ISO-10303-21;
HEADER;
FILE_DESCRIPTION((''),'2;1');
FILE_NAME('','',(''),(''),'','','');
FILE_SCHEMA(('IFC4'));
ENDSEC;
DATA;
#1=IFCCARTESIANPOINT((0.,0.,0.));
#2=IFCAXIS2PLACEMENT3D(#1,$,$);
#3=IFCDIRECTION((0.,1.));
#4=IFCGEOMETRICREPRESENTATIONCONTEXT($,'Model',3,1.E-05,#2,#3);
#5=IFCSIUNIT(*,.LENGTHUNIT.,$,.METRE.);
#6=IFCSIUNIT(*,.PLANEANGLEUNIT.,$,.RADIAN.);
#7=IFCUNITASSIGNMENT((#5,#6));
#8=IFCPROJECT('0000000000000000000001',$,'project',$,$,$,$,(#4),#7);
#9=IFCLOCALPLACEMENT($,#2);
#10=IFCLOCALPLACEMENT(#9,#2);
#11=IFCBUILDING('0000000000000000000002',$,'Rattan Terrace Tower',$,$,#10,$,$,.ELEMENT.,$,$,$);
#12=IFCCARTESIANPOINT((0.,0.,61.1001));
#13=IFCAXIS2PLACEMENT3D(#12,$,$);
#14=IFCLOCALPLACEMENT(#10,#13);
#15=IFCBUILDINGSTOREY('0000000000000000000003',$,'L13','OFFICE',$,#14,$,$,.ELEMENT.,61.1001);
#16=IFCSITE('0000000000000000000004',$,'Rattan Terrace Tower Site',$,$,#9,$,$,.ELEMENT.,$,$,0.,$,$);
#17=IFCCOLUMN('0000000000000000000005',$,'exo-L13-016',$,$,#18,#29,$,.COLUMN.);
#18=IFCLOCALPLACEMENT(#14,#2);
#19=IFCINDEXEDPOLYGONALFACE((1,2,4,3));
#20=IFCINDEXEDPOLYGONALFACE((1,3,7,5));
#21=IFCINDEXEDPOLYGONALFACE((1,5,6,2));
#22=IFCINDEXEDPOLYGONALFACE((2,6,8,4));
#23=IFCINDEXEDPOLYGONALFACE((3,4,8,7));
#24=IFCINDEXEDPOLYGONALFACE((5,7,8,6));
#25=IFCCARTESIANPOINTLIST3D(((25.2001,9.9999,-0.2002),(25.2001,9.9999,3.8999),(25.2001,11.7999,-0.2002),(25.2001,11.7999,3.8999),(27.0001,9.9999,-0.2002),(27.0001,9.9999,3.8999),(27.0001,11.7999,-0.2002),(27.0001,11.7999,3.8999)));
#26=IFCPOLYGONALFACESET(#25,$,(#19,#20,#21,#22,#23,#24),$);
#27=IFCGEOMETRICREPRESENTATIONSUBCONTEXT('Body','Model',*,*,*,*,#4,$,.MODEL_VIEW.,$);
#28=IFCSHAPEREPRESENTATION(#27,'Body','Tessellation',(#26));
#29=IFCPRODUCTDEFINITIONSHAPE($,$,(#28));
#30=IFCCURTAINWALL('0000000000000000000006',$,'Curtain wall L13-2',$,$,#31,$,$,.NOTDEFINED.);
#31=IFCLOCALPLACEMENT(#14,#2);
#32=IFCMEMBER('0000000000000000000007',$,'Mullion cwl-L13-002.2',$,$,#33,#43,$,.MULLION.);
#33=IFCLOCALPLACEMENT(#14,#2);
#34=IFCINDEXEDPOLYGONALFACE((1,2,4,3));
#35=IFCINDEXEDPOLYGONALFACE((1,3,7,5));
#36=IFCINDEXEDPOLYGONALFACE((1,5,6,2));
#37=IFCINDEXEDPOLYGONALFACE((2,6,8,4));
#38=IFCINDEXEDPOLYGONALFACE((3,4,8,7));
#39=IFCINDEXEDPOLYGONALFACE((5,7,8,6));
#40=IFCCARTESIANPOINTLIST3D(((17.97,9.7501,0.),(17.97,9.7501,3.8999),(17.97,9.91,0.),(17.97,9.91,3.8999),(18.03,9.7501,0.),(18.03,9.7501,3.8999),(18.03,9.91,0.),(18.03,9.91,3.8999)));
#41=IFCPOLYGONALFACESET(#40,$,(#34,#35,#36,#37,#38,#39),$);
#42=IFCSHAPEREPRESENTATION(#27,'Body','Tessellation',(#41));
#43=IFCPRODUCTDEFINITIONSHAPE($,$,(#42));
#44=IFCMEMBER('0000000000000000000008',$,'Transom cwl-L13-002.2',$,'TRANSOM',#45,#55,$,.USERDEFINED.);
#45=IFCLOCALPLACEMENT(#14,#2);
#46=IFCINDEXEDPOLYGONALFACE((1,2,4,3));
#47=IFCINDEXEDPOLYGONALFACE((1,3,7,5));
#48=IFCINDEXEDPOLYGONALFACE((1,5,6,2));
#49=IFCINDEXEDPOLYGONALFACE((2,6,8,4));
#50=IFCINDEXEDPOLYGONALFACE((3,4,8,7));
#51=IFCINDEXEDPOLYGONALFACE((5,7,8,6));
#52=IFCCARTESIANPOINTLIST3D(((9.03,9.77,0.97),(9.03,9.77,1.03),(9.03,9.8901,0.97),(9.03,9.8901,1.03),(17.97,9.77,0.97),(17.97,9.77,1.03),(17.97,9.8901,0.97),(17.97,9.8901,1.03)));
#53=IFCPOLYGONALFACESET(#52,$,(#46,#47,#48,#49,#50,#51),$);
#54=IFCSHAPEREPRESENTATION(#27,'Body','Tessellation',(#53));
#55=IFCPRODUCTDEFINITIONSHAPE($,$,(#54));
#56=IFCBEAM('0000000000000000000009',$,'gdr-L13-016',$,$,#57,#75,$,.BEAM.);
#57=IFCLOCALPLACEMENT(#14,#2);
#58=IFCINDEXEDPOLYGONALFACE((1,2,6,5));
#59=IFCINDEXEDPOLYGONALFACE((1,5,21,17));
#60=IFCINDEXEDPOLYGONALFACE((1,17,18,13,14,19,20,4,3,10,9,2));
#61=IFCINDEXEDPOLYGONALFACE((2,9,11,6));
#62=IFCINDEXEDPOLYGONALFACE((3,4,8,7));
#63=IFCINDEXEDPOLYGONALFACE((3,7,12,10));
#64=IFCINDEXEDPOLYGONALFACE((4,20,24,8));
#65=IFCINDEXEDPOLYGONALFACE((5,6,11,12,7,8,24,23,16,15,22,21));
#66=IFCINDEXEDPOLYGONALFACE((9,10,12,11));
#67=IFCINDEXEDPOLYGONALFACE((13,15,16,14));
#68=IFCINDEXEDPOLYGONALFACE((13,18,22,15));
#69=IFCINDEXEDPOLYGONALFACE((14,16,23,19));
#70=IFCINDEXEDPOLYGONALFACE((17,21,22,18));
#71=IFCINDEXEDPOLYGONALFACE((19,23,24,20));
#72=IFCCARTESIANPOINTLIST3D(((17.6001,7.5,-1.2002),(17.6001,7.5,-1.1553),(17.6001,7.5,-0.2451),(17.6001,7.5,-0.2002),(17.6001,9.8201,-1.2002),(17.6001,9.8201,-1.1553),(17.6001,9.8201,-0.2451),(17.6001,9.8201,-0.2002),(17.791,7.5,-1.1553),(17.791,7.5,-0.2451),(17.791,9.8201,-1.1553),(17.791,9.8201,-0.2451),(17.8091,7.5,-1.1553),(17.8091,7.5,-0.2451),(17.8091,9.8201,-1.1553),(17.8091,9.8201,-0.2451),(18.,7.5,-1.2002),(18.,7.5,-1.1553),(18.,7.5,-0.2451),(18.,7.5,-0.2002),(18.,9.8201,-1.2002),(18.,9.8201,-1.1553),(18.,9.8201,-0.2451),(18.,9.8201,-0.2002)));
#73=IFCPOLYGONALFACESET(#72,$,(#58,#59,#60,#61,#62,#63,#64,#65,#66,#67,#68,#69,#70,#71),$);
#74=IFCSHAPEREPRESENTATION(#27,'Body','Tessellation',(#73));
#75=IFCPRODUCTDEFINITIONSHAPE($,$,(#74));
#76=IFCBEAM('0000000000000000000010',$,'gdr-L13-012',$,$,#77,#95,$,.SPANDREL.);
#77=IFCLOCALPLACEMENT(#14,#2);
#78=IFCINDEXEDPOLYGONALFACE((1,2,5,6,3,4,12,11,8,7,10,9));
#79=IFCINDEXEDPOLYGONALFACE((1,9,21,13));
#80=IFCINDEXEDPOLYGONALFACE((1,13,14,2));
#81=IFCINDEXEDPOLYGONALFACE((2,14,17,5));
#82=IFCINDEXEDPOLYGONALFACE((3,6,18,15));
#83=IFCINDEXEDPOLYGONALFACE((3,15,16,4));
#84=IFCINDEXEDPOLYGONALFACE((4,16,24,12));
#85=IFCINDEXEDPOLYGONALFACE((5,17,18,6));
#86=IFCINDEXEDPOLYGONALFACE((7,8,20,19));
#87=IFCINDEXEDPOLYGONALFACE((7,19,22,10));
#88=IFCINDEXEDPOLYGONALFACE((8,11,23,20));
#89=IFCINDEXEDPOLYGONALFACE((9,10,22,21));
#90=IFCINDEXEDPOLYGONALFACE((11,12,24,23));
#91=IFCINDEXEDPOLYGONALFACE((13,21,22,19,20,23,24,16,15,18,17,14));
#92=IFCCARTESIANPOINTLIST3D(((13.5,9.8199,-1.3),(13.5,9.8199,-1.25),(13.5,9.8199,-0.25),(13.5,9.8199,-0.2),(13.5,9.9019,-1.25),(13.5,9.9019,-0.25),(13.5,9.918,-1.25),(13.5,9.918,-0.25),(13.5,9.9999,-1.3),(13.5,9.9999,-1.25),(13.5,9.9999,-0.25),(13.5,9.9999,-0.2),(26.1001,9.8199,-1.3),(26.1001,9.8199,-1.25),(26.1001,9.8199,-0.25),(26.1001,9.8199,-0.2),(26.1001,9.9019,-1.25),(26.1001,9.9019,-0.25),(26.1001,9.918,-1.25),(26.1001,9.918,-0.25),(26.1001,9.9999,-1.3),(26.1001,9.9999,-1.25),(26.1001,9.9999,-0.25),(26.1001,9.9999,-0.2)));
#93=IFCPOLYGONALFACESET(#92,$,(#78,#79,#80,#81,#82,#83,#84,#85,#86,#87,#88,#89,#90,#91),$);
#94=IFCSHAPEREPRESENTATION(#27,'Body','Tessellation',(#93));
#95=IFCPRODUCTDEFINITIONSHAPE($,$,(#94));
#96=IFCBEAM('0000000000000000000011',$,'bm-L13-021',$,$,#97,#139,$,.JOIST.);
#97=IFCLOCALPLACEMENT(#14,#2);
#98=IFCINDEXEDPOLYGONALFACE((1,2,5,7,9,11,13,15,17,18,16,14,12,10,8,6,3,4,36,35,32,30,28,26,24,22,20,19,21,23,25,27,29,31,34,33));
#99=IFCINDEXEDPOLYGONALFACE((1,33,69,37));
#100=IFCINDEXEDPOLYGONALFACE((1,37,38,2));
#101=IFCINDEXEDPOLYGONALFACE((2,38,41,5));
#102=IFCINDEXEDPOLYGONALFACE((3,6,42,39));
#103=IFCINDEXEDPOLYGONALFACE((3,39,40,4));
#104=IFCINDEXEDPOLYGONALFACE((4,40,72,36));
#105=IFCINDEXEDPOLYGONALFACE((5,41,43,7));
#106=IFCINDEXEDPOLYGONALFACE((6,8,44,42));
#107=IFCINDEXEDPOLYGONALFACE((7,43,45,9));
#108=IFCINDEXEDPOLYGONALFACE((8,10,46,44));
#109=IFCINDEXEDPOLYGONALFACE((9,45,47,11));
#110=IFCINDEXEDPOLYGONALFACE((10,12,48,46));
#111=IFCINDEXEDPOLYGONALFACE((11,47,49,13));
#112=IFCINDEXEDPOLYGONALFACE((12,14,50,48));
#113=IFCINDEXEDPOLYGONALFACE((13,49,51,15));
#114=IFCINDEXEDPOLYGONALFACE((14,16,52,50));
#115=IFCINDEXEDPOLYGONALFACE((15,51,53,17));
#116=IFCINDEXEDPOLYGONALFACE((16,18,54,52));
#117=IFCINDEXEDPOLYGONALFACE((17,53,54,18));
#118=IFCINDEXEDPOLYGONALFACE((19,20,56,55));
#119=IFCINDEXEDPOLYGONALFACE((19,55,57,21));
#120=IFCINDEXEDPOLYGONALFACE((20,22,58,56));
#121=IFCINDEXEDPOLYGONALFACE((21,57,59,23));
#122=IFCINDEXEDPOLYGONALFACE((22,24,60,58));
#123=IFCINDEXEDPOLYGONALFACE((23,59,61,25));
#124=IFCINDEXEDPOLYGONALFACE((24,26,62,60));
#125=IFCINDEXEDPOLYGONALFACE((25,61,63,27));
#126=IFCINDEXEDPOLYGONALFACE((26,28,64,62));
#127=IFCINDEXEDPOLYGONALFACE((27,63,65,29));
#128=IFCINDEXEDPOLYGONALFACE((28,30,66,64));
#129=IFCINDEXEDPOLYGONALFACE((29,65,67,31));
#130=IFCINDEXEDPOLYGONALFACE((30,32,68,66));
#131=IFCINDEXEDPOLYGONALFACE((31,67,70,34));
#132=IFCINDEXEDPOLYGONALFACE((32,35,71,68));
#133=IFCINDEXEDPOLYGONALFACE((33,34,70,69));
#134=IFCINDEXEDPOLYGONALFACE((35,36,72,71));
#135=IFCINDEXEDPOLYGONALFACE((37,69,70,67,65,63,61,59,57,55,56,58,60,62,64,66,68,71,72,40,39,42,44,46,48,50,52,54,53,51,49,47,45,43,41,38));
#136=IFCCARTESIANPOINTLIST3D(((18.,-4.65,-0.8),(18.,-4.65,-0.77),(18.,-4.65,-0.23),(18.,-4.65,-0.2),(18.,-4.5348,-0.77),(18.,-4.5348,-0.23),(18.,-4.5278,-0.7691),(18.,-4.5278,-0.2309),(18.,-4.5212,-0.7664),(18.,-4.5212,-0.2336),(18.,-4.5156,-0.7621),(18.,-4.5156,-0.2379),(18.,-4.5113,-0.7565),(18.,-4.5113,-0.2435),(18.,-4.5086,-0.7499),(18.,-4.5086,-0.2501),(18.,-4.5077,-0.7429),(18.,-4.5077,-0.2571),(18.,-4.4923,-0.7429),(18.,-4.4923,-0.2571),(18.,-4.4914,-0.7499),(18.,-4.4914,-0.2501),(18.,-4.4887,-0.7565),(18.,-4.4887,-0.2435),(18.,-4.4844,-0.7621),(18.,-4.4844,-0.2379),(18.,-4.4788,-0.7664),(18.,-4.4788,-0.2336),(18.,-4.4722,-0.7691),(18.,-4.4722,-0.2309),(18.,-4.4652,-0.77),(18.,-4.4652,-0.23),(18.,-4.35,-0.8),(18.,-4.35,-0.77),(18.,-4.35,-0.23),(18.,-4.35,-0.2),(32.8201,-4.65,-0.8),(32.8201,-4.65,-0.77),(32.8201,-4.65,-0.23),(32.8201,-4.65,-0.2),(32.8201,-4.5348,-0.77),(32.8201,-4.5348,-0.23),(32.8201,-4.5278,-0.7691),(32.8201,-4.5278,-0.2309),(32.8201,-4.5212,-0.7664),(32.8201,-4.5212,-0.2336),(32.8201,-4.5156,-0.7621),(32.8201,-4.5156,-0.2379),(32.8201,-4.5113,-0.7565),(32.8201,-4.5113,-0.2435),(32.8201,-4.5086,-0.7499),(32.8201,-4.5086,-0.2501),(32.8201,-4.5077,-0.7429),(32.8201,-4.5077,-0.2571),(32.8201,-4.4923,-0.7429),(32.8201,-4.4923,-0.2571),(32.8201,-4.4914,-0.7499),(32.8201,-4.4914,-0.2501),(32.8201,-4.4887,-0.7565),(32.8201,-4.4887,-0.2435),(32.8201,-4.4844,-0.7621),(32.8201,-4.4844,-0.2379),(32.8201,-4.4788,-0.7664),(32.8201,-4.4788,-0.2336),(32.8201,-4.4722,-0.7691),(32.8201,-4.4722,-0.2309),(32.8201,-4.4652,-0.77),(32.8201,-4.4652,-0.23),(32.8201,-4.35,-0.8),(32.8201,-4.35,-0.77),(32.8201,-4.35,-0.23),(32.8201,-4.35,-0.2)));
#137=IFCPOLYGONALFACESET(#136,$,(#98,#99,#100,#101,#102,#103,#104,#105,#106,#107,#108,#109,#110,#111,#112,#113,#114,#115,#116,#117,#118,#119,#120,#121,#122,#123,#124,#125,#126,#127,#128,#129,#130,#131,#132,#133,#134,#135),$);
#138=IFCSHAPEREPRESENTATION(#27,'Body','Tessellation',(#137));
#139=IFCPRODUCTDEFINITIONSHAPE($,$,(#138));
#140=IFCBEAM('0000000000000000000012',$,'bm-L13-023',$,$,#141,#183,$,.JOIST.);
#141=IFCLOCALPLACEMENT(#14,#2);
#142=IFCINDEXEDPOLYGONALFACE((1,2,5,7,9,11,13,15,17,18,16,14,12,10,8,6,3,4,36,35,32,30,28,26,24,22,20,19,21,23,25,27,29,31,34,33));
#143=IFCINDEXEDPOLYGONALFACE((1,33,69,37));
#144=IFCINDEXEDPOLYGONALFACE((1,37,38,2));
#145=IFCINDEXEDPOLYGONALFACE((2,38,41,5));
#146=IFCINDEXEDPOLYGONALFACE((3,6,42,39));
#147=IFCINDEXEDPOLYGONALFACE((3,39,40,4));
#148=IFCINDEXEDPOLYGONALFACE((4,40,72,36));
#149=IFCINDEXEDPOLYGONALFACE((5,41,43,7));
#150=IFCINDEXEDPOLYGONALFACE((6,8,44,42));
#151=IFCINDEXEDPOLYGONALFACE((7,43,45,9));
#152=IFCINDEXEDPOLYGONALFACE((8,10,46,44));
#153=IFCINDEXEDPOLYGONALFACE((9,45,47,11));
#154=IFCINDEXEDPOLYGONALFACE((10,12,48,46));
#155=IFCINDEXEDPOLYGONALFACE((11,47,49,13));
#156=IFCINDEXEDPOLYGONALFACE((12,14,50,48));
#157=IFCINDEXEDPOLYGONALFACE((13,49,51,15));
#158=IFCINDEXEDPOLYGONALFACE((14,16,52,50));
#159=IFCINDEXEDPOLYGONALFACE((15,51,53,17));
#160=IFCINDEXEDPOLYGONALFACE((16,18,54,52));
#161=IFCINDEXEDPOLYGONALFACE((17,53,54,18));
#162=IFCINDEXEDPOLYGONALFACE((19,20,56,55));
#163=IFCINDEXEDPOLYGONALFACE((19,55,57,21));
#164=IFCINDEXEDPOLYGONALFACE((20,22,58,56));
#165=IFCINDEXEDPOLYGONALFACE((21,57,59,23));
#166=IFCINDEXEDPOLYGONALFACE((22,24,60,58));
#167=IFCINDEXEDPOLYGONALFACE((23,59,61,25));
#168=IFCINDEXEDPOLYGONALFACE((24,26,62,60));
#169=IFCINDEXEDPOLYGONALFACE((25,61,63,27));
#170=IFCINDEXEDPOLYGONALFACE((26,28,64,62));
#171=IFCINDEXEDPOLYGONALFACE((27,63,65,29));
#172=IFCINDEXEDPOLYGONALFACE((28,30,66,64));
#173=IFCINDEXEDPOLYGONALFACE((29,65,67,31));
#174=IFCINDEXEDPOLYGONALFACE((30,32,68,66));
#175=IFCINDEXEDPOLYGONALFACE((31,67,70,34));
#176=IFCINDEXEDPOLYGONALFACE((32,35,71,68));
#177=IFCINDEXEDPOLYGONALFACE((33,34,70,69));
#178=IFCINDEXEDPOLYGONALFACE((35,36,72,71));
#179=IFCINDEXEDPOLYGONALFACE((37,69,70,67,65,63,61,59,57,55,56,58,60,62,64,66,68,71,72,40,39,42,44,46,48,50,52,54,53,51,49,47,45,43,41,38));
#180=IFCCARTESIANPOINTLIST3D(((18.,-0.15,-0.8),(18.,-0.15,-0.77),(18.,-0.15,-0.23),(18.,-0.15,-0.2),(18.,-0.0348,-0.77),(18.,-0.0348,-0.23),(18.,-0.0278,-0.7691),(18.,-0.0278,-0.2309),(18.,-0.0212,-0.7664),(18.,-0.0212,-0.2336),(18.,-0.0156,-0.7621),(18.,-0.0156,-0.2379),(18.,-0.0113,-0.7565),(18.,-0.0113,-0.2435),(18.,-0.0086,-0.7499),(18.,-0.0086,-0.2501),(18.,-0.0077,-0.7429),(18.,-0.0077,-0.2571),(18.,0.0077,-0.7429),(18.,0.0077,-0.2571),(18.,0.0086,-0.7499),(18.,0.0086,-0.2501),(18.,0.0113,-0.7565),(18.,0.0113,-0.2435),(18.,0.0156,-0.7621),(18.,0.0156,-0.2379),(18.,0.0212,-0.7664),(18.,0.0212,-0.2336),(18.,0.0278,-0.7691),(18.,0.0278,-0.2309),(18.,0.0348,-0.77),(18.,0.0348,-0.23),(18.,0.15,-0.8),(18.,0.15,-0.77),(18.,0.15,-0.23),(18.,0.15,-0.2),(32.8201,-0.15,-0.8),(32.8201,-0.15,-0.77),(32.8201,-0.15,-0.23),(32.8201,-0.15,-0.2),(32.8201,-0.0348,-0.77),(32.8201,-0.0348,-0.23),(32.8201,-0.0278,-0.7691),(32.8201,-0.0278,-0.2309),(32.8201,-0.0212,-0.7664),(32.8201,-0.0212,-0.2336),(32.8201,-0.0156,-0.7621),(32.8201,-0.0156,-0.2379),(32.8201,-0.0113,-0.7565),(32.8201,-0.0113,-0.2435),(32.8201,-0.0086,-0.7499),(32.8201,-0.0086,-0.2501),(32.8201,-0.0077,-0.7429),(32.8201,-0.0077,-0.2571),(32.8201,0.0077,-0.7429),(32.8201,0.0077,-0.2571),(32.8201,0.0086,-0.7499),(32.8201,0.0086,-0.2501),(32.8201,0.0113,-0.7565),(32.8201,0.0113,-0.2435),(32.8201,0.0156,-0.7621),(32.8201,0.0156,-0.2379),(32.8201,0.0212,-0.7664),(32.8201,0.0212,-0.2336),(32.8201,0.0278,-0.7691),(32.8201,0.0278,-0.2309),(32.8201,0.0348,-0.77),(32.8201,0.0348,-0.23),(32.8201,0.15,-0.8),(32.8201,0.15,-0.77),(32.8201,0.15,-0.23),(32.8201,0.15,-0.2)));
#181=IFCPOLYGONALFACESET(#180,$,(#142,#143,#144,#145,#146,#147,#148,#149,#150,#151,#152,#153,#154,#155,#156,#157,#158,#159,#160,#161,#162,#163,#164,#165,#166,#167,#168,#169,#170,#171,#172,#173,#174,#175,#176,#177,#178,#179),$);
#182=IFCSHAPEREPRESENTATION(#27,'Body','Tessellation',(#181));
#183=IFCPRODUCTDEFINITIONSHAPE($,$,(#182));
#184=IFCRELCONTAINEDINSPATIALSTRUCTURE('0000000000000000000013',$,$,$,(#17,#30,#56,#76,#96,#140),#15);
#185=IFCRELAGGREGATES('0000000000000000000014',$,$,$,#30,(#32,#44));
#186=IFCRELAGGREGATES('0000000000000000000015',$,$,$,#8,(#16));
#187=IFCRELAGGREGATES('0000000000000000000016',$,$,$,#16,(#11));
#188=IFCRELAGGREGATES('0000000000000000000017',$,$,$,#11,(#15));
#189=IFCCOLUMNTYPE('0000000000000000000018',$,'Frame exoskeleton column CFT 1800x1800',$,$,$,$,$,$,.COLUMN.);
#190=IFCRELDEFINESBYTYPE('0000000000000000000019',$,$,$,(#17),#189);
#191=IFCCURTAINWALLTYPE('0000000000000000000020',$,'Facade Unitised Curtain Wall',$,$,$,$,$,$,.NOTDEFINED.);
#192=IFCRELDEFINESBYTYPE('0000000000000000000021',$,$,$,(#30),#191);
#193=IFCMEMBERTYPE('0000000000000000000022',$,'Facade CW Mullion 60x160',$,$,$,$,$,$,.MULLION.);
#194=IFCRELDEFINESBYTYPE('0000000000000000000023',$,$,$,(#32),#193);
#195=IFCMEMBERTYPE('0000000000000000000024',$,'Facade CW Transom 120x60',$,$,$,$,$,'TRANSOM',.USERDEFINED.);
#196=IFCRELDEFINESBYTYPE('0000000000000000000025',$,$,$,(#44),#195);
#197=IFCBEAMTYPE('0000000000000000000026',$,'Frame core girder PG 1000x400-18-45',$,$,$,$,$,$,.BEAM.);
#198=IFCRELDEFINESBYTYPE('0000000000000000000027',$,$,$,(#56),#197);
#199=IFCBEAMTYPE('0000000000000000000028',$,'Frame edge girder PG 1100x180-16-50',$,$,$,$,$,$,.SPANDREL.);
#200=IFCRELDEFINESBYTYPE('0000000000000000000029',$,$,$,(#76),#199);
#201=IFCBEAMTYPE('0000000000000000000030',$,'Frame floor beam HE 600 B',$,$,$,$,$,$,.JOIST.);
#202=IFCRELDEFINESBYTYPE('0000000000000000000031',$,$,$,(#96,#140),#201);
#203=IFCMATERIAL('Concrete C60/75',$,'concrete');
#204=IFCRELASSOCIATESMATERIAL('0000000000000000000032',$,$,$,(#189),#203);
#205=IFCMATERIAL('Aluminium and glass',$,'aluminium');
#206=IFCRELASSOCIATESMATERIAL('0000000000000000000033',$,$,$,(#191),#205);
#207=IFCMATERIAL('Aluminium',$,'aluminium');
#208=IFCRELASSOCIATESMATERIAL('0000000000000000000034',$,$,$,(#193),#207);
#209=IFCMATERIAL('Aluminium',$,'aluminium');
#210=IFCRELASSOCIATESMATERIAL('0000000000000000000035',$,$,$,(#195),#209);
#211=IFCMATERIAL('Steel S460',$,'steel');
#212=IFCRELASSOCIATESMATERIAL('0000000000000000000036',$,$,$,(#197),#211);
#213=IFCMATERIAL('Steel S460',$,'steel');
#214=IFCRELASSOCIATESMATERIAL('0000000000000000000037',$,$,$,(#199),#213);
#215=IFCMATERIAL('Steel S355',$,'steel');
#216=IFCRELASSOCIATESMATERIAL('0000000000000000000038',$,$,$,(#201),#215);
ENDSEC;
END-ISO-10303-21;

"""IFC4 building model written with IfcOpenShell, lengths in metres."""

from ifc_helpers import new_model, si_unit, direction, frame, origin, origin_2d, place, context, subcontext, project, spatial, rectangle, i_section, extrude, material, material_profile, profile_set, type_object, element, aggregate, save


model = new_model("IFC4")

# Units and contexts
model_context = context("Model", 3, precision=1e-05, world=origin(), true_north=direction((0.0, 1.0)))
body_context = subcontext(model_context, "Body", "Model", "MODEL_VIEW")
ifc_project = project(units=[si_unit("LENGTHUNIT", "METRE"), si_unit("PLANEANGLEUNIT", "RADIAN")], contexts=[model_context])

# Site, building, storey
site_placement = place(None, origin())
site = spatial("IfcSite", under=ifc_project, at=site_placement, Name="Rattan Terrace Tower Site", CompositionType="ELEMENT", RefElevation=0.0)
building_placement = place(site_placement, origin())
building = spatial("IfcBuilding", under=site, at=building_placement, Name="Rattan Terrace Tower", CompositionType="ELEMENT")
storey_placement = place(building_placement, frame((0.0, 0.0, 61.1001)))
storey = spatial("IfcBuildingStorey", under=building, at=storey_placement, Name="L13", Description="OFFICE", CompositionType="ELEMENT", Elevation=61.1001)

# Column
ifc_material_1 = material(Name="Concrete C60/75", Category="concrete")
ifc_material_profile_1 = material_profile(ifc_material_1, rectangle(XDim=1.8, YDim=1.8, at=origin_2d()), Name="CFT 1800x1800")
ifc_profile_set_1 = profile_set([ifc_material_profile_1], Name="Concrete C60/75")
column_type = type_object("IfcColumnType", Name="Frame exoskeleton column CFT 1800x1800", PredefinedType="COLUMN", material=ifc_profile_set_1)
column_placement = place(storey_placement, frame((26.1001, 10.8999, -0.2002), z_axis=(0.0, 0.0, 1.0), x_axis=(1.0, 0.0, 0.0)))
element("IfcColumn", 1, at=column_placement, inside=storey, type_object=column_type, Name="exo-L13-016", PredefinedType="COLUMN", context=body_context, shape_type="SweptSolid", body=[
    extrude(rectangle(XDim=1.8, YDim=1.8, at=origin_2d()), origin(), (0.0, 0.0, 1.0), 4.1001),
])

# Curtain wall, members
ifc_material_2 = material(Name="Aluminium and glass", Category="aluminium")
curtain_wall_type = type_object("IfcCurtainWallType", Name="Facade Unitised Curtain Wall", PredefinedType="NOTDEFINED", material=ifc_material_2)
curtain_wall_placement = place(storey_placement, origin())
curtain_wall = element("IfcCurtainWall", 2, at=curtain_wall_placement, inside=storey, type_object=curtain_wall_type, Name="Curtain wall L13-2", PredefinedType="NOTDEFINED")
ifc_material_3 = material(Name="Aluminium", Category="aluminium")
ifc_material_profile_2 = material_profile(ifc_material_3, rectangle(XDim=0.0601, YDim=0.1599, at=origin_2d()), Name="Aluminium 60x160")
ifc_profile_set_2 = profile_set([ifc_material_profile_2], Name="Aluminium")
member_type_1 = type_object("IfcMemberType", Name="Facade CW Mullion 60x160", PredefinedType="MULLION", material=ifc_profile_set_2)
member_1_placement = place(storey_placement, frame((18.0, 9.8301, 0.0), z_axis=(0.0, 0.0, 1.0), x_axis=(-1.0, 0.0, 0.0)))
member_1 = element("IfcMember", 3, at=member_1_placement, type_object=member_type_1, Name="Mullion cwl-L13-002.2", PredefinedType="MULLION", context=body_context, shape_type="SweptSolid", body=[
    extrude(rectangle(XDim=0.0601, YDim=0.1599, at=origin_2d()), origin(), (0.0, 0.0, 1.0), 3.8999),
])
ifc_material_4 = material(Name="Aluminium", Category="aluminium")
ifc_material_profile_3 = material_profile(ifc_material_4, rectangle(XDim=0.1201, YDim=0.0601, at=origin_2d()), Name="Aluminium 120x60")
ifc_profile_set_3 = profile_set([ifc_material_profile_3], Name="Aluminium")
member_type_2 = type_object("IfcMemberType", Name="Facade CW Transom 120x60", ElementType="TRANSOM", PredefinedType="USERDEFINED", material=ifc_profile_set_3)
member_2_placement = place(storey_placement, frame((17.97, 9.8301, 1.0), z_axis=(-1.0, 0.0, 0.0), x_axis=(0.0, -1.0, 0.0)))
member_2 = element("IfcMember", 4, at=member_2_placement, type_object=member_type_2, Name="Transom cwl-L13-002.2", ObjectType="TRANSOM", PredefinedType="USERDEFINED", context=body_context, shape_type="SweptSolid", body=[
    extrude(rectangle(XDim=0.1201, YDim=0.0601, at=origin_2d()), origin(), (0.0, 0.0, 1.0), 8.9399),
])

# Beams
ifc_material_5 = material(Name="Steel S460", Category="steel")
ifc_material_profile_4 = material_profile(ifc_material_5, i_section(OverallWidth=0.3999, OverallDepth=1.0, WebThickness=0.0181, FlangeThickness=0.0449, at=origin_2d()), Name="PG 1000x400-18-45")
ifc_profile_set_4 = profile_set([ifc_material_profile_4], Name="Steel S460")
beam_type_1 = type_object("IfcBeamType", Name="Frame core girder PG 1000x400-18-45", PredefinedType="BEAM", material=ifc_profile_set_4)
beam_1_placement = place(storey_placement, frame((17.8, 7.5, -0.7002), z_axis=(0.0, 1.0, 0.0), x_axis=(-1.0, 0.0, 0.0)))
element("IfcBeam", 5, at=beam_1_placement, inside=storey, type_object=beam_type_1, Name="gdr-L13-016", PredefinedType="BEAM", context=body_context, shape_type="SweptSolid", body=[
    extrude(i_section(OverallWidth=0.3999, OverallDepth=1.0, WebThickness=0.0181, FlangeThickness=0.0449, at=origin_2d()), origin(), (0.0, 0.0, 1.0), 2.3201),
])
ifc_material_6 = material(Name="Steel S460", Category="steel")
ifc_material_profile_5 = material_profile(ifc_material_6, i_section(OverallWidth=0.1799, OverallDepth=1.1001, WebThickness=0.0161, FlangeThickness=0.05, at=origin_2d()), Name="PG 1100x180-16-50")
ifc_profile_set_5 = profile_set([ifc_material_profile_5], Name="Steel S460")
beam_type_2 = type_object("IfcBeamType", Name="Frame edge girder PG 1100x180-16-50", PredefinedType="SPANDREL", material=ifc_profile_set_5)
beam_2_placement = place(storey_placement, frame((26.1001, 9.9099, -0.75), z_axis=(-1.0, 0.0, 0.0), x_axis=(0.0, -1.0, 0.0)))
element("IfcBeam", 6, at=beam_2_placement, inside=storey, type_object=beam_type_2, Name="gdr-L13-012", PredefinedType="SPANDREL", context=body_context, shape_type="SweptSolid", body=[
    extrude(i_section(OverallWidth=0.1799, OverallDepth=1.1001, WebThickness=0.0161, FlangeThickness=0.05, at=origin_2d()), origin(), (0.0, 0.0, 1.0), 12.6001),
])
ifc_material_7 = material(Name="Steel S355", Category="steel")
ifc_material_profile_6 = material_profile(ifc_material_7, i_section(OverallWidth=0.3, OverallDepth=0.6001, WebThickness=0.0154, FlangeThickness=0.03, FilletRadius=0.0271, at=origin_2d()), Name="HE 600 B")
ifc_profile_set_6 = profile_set([ifc_material_profile_6], Name="Steel S355")
beam_type_3 = type_object("IfcBeamType", Name="Frame floor beam HE 600 B", PredefinedType="JOIST", material=ifc_profile_set_6)
for number, where, z_axis, x_axis, name in (
    (7, (18.0, -4.5, -0.5), (1.0, 0.0, 0.0), (0.0, 1.0, 0.0), "bm-L13-021"),
    (8, (18.0, 0.0, -0.5), (1.0, 0.0, 0.0), (0.0, 1.0, 0.0), "bm-L13-023"),
):
    element("IfcBeam", number, at=place(storey_placement, frame(where, z_axis=z_axis, x_axis=x_axis)), inside=storey, type_object=beam_type_3, Name=name, PredefinedType="JOIST", context=body_context, shape_type="SweptSolid", body=[
        extrude(i_section(OverallWidth=0.3, OverallDepth=0.6001, WebThickness=0.0154, FlangeThickness=0.03, FilletRadius=0.0271, at=origin_2d()), origin(), (0.0, 0.0, 1.0), 14.8201),
    ])

aggregate(curtain_wall, [member_1, member_2])

save(model, "model.ifc")
